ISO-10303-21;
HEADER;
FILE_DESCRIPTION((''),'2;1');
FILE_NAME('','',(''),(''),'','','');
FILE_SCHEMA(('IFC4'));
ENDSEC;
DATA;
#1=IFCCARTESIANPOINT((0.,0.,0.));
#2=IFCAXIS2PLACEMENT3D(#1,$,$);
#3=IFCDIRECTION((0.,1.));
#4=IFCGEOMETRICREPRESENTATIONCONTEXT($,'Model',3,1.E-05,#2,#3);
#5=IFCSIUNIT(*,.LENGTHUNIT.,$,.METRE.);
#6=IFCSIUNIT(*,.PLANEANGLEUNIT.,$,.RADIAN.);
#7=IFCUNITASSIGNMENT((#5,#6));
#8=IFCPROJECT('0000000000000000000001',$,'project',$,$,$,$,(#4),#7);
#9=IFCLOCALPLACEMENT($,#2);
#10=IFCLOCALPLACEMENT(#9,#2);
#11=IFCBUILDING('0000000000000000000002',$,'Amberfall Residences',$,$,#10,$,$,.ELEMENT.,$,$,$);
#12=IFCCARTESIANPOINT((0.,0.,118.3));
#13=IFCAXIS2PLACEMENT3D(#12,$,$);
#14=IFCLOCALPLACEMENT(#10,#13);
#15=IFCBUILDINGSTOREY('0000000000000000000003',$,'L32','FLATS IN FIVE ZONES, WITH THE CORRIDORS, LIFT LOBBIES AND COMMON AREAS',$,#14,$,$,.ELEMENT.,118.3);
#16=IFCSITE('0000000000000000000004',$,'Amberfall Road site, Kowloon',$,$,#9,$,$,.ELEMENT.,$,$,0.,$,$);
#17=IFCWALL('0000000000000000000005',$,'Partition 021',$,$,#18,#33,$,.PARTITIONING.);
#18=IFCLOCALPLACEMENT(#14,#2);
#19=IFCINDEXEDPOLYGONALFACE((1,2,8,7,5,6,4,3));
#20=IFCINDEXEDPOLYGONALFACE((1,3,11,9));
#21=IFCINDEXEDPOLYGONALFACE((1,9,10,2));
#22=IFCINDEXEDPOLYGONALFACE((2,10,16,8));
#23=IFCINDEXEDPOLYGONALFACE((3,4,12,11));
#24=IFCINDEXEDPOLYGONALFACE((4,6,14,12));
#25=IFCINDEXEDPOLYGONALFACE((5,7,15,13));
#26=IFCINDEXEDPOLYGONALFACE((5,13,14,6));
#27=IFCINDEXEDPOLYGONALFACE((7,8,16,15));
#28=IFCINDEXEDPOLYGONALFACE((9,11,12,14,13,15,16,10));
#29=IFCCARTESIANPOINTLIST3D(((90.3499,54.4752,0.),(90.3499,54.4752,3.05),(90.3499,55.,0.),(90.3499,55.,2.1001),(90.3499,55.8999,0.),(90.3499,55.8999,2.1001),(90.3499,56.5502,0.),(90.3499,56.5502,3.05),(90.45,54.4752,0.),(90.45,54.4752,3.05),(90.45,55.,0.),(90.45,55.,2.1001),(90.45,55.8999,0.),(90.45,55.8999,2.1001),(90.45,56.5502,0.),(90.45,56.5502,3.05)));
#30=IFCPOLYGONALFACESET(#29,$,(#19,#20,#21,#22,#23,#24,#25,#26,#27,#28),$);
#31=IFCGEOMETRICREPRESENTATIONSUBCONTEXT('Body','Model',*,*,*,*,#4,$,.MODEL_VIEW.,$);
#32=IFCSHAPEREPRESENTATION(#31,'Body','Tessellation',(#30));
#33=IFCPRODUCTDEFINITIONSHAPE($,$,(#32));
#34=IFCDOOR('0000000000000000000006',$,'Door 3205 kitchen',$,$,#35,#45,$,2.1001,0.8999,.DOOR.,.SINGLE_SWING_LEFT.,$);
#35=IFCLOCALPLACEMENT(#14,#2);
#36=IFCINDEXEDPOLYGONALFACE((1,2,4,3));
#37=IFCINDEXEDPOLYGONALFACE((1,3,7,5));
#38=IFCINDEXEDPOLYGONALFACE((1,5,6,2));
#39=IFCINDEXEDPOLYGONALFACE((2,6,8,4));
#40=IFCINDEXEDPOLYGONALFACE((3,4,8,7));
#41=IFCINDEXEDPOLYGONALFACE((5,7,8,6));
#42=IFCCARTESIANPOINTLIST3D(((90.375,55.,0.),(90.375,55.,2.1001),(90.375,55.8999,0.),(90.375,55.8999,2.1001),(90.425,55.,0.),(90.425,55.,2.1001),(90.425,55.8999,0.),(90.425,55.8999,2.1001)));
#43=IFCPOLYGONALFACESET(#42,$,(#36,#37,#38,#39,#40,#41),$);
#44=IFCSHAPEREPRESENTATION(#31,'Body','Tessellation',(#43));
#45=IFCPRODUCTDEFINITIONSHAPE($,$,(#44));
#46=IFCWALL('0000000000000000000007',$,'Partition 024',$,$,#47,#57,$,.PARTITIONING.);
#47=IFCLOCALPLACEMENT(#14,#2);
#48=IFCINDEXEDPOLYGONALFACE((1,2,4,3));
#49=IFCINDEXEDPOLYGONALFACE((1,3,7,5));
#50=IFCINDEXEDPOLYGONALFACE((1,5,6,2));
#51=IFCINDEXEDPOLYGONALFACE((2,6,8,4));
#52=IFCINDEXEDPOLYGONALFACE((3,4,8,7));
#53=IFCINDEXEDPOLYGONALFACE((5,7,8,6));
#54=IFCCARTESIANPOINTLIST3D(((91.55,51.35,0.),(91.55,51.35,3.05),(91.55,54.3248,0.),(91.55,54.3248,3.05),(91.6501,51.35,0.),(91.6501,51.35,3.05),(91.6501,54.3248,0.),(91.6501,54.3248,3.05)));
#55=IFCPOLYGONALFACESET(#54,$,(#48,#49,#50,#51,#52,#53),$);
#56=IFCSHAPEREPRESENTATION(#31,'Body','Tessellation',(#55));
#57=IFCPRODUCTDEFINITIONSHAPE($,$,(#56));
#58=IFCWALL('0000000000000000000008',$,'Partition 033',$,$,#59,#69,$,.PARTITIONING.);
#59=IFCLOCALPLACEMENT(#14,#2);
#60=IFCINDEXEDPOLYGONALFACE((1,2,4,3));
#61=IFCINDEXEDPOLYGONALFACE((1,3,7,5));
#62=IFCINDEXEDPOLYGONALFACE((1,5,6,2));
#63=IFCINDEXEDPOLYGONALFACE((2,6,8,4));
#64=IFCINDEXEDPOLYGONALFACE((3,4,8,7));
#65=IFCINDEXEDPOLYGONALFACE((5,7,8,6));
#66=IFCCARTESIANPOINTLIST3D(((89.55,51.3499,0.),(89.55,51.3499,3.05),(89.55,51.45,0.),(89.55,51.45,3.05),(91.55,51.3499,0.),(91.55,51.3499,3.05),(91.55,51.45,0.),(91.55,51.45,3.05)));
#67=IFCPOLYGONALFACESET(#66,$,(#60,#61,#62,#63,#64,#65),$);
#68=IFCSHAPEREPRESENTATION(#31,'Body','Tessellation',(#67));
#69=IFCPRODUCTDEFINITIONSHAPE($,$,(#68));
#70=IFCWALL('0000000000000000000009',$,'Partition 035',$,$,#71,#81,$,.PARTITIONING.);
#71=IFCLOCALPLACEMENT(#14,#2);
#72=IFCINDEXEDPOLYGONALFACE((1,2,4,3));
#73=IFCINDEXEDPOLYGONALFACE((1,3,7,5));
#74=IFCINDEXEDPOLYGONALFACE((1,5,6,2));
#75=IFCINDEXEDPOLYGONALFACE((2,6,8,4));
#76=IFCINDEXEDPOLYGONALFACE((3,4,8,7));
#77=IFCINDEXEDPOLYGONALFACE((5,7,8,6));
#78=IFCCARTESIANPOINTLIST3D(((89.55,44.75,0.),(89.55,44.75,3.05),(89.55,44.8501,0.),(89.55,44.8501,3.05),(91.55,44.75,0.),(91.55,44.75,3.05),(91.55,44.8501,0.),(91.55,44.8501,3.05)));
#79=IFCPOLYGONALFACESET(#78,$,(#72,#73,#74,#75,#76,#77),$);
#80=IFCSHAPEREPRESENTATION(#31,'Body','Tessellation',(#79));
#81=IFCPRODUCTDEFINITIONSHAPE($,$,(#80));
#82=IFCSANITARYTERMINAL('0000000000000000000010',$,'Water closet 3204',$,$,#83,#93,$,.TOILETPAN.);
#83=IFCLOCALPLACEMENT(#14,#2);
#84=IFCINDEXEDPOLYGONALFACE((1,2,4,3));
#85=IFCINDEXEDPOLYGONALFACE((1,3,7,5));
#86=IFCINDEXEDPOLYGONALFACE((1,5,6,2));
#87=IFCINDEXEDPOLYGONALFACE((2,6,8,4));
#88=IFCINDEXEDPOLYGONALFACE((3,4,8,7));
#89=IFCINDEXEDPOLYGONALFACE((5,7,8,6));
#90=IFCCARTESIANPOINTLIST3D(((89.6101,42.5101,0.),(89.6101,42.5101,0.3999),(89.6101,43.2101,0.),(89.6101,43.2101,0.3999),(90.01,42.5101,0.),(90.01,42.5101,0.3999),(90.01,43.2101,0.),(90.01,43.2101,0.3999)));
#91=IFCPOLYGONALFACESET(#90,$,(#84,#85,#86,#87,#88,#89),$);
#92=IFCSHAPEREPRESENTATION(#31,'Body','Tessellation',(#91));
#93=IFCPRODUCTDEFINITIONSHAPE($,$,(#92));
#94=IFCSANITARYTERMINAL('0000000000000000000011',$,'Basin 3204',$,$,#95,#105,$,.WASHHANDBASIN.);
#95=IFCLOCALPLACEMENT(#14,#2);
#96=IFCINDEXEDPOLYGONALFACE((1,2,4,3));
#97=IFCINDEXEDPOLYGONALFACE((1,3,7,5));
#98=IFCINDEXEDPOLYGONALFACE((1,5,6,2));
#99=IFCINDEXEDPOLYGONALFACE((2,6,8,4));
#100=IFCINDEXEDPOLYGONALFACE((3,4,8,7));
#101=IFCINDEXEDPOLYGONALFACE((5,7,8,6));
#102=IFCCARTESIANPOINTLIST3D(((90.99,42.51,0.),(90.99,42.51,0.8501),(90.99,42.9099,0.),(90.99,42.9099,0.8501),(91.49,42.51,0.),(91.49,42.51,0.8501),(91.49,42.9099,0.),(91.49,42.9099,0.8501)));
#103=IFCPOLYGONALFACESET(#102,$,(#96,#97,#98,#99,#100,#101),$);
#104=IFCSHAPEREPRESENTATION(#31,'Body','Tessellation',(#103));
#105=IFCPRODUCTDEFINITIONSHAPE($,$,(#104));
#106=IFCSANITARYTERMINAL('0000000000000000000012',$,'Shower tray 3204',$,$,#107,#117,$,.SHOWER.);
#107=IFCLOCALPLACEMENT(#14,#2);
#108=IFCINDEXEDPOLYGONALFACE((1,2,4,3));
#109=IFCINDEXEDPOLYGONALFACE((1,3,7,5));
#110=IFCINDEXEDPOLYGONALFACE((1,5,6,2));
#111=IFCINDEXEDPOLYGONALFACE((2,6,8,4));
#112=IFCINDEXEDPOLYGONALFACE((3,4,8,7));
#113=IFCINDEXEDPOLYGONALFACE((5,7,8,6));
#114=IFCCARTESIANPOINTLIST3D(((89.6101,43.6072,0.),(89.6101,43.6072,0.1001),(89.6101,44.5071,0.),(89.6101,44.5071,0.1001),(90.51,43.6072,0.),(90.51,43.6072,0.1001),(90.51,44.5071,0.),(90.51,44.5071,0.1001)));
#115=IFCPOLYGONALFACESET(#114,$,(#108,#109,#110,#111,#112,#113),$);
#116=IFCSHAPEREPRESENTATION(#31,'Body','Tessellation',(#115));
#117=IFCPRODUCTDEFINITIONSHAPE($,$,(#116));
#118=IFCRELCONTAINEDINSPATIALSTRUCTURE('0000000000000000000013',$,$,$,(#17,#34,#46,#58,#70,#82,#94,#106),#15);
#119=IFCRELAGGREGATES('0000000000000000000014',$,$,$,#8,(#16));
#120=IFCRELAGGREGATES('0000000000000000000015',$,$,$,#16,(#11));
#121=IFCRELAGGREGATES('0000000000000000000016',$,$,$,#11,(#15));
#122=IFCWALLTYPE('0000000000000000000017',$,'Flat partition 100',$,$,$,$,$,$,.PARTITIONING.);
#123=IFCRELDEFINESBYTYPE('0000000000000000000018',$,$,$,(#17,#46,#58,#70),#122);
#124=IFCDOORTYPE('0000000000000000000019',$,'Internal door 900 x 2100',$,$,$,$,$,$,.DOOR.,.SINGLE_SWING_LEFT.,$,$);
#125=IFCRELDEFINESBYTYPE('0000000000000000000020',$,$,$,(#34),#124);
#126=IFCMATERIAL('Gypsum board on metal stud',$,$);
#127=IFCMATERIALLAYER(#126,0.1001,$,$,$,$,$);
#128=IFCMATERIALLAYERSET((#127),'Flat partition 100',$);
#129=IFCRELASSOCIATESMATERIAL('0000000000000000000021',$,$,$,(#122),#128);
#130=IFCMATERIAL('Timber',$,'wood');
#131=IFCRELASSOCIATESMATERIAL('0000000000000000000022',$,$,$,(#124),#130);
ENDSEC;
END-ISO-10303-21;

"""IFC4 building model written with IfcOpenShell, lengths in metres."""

from ifc_helpers import new_model, si_unit, direction, frame, frame_2d, origin, origin_2d, place, context, subcontext, project, spatial, rectangle, extrude, material, layer, layer_set, type_object, element, fill, save


model = new_model("IFC4")

# Units and contexts
model_context = context("Model", 3, precision=1e-05, world=origin(), true_north=direction((0.0, 1.0)))
body_context = subcontext(model_context, "Body", "Model", "MODEL_VIEW")
ifc_project = project(units=[si_unit("LENGTHUNIT", "METRE"), si_unit("PLANEANGLEUNIT", "RADIAN")], contexts=[model_context])

# Site, building, storey
site_placement = place(None, origin())
site = spatial("IfcSite", under=ifc_project, at=site_placement, Name="Amberfall Road site, Kowloon", CompositionType="ELEMENT", RefElevation=0.0)
building_placement = place(site_placement, origin())
building = spatial("IfcBuilding", under=site, at=building_placement, Name="Amberfall Residences", CompositionType="ELEMENT")
storey_placement = place(building_placement, frame((0.0, 0.0, 118.3)))
storey = spatial("IfcBuildingStorey", under=building, at=storey_placement, Name="L32", Description="FLATS IN FIVE ZONES, WITH THE CORRIDORS, LIFT LOBBIES AND COMMON AREAS", CompositionType="ELEMENT", Elevation=118.3)

# Shared definitions
ifc_material_1 = material(Name="Gypsum board on metal stud")
ifc_layer_1 = layer(ifc_material_1, 0.1001)
ifc_layer_set_1 = layer_set([ifc_layer_1], Name="Flat partition 100")
wall_type_1 = type_object("IfcWallType", Name="Flat partition 100", PredefinedType="PARTITIONING", material=ifc_layer_set_1)
ifc_material_2 = material(Name="Timber", Category="wood")
door_type_1 = type_object("IfcDoorType", Name="Internal door 900 x 2100", OperationType="SINGLE_SWING_LEFT", PredefinedType="DOOR", material=ifc_material_2)

# Wall, opening, door
wall_1_placement = place(storey_placement, frame((90.3999, 54.4751, 0.0), z_axis=(0.0, 0.0, 1.0), x_axis=(0.0, 1.0, 0.0)))
wall_1 = element("IfcWall", 1, at=wall_1_placement, inside=storey, type_object=wall_type_1, Name="Partition 021", PredefinedType="PARTITIONING", context=body_context, shape_type="SweptSolid", body=[
    extrude(rectangle(XDim=2.075, YDim=0.1001, at=frame_2d((1.0376, 0.0))), origin(), (0.0, 0.0, 1.0), 3.05),
])
opening_1_placement = place(wall_1_placement, frame((0.5249, 0.0, 0.0)))
opening_1 = element("IfcOpeningElement", 2, at=opening_1_placement, cuts=wall_1, PredefinedType="OPENING", context=body_context, shape_type="SweptSolid", body=[
    extrude(rectangle(XDim=0.8999, YDim=2.1001, at=frame_2d((0.45, 1.05))), frame((0.0, 0.0601, 0.0), z_axis=(0.0, -1.0, 0.0), x_axis=(1.0, 0.0, 0.0)), (0.0, 0.0, 1.0), 0.1201),
])
door_1_placement = place(opening_1_placement, origin())
door_1 = element("IfcDoor", 3, at=door_1_placement, inside=storey, type_object=door_type_1, Name="Door 3205 kitchen", OperationType="SINGLE_SWING_LEFT", OverallHeight=2.1001, OverallWidth=0.8999, PredefinedType="DOOR", context=body_context, shape_type="SweptSolid", body=[
    extrude(rectangle(XDim=0.8999, YDim=2.1001, at=frame_2d((0.45, 1.05))), frame((0.0, 0.0249, 0.0), z_axis=(0.0, -1.0, 0.0), x_axis=(1.0, 0.0, 0.0)), (0.0, 0.0, 1.0), 0.05),
])
fill(opening_1, door_1)

# Walls
wall_2_placement = place(storey_placement, frame((91.6001, 51.3501, 0.0), z_axis=(0.0, 0.0, 1.0), x_axis=(0.0, 1.0, 0.0)))
element("IfcWall", 4, at=wall_2_placement, inside=storey, type_object=wall_type_1, Name="Partition 024", PredefinedType="PARTITIONING", context=body_context, shape_type="SweptSolid", body=[
    extrude(rectangle(XDim=2.9749, YDim=0.1001, at=frame_2d((1.4873, 0.0))), origin(), (0.0, 0.0, 1.0), 3.05),
])
for number, where, z_axis, x_axis, name in (
    (5, (89.55, 51.3999, 0.0), (0.0, 0.0, 1.0), (1.0, 0.0, 0.0), "Partition 033"),
    (6, (89.55, 44.8, 0.0), (0.0, 0.0, 1.0), (1.0, 0.0, 0.0), "Partition 035"),
):
    element("IfcWall", number, at=place(storey_placement, frame(where, z_axis=z_axis, x_axis=x_axis)), inside=storey, type_object=wall_type_1, Name=name, PredefinedType="PARTITIONING", context=body_context, shape_type="SweptSolid", body=[
        extrude(rectangle(XDim=2.0, YDim=0.1001, at=frame_2d((1.0, 0.0))), origin(), (0.0, 0.0, 1.0), 3.05),
    ])

# Sanitary terminals
sanitary_terminal_1_placement = place(storey_placement, frame((89.8101, 42.8601, 0.0), z_axis=(0.0, 0.0, 1.0), x_axis=(1.0, 0.0, 0.0)))
element("IfcSanitaryTerminal", 7, at=sanitary_terminal_1_placement, inside=storey, Name="Water closet 3204", PredefinedType="TOILETPAN", context=body_context, shape_type="SweptSolid", body=[
    extrude(rectangle(XDim=0.3999, YDim=0.7, at=origin_2d()), origin(), (0.0, 0.0, 1.0), 0.3999),
])
sanitary_terminal_2_placement = place(storey_placement, frame((91.24, 42.71, 0.0), z_axis=(0.0, 0.0, 1.0), x_axis=(1.0, 0.0, 0.0)))
element("IfcSanitaryTerminal", 8, at=sanitary_terminal_2_placement, inside=storey, Name="Basin 3204", PredefinedType="WASHHANDBASIN", context=body_context, shape_type="SweptSolid", body=[
    extrude(rectangle(XDim=0.5, YDim=0.3999, at=origin_2d()), origin(), (0.0, 0.0, 1.0), 0.8501),
])
sanitary_terminal_3_placement = place(storey_placement, frame((90.0601, 44.0571, 0.0), z_axis=(0.0, 0.0, 1.0), x_axis=(1.0, 0.0, 0.0)))
element("IfcSanitaryTerminal", 9, at=sanitary_terminal_3_placement, inside=storey, Name="Shower tray 3204", PredefinedType="SHOWER", context=body_context, shape_type="SweptSolid", body=[
    extrude(rectangle(XDim=0.8999, YDim=0.8999, at=origin_2d()), origin(), (0.0, 0.0, 1.0), 0.1001),
])

save(model, "model.ifc")
